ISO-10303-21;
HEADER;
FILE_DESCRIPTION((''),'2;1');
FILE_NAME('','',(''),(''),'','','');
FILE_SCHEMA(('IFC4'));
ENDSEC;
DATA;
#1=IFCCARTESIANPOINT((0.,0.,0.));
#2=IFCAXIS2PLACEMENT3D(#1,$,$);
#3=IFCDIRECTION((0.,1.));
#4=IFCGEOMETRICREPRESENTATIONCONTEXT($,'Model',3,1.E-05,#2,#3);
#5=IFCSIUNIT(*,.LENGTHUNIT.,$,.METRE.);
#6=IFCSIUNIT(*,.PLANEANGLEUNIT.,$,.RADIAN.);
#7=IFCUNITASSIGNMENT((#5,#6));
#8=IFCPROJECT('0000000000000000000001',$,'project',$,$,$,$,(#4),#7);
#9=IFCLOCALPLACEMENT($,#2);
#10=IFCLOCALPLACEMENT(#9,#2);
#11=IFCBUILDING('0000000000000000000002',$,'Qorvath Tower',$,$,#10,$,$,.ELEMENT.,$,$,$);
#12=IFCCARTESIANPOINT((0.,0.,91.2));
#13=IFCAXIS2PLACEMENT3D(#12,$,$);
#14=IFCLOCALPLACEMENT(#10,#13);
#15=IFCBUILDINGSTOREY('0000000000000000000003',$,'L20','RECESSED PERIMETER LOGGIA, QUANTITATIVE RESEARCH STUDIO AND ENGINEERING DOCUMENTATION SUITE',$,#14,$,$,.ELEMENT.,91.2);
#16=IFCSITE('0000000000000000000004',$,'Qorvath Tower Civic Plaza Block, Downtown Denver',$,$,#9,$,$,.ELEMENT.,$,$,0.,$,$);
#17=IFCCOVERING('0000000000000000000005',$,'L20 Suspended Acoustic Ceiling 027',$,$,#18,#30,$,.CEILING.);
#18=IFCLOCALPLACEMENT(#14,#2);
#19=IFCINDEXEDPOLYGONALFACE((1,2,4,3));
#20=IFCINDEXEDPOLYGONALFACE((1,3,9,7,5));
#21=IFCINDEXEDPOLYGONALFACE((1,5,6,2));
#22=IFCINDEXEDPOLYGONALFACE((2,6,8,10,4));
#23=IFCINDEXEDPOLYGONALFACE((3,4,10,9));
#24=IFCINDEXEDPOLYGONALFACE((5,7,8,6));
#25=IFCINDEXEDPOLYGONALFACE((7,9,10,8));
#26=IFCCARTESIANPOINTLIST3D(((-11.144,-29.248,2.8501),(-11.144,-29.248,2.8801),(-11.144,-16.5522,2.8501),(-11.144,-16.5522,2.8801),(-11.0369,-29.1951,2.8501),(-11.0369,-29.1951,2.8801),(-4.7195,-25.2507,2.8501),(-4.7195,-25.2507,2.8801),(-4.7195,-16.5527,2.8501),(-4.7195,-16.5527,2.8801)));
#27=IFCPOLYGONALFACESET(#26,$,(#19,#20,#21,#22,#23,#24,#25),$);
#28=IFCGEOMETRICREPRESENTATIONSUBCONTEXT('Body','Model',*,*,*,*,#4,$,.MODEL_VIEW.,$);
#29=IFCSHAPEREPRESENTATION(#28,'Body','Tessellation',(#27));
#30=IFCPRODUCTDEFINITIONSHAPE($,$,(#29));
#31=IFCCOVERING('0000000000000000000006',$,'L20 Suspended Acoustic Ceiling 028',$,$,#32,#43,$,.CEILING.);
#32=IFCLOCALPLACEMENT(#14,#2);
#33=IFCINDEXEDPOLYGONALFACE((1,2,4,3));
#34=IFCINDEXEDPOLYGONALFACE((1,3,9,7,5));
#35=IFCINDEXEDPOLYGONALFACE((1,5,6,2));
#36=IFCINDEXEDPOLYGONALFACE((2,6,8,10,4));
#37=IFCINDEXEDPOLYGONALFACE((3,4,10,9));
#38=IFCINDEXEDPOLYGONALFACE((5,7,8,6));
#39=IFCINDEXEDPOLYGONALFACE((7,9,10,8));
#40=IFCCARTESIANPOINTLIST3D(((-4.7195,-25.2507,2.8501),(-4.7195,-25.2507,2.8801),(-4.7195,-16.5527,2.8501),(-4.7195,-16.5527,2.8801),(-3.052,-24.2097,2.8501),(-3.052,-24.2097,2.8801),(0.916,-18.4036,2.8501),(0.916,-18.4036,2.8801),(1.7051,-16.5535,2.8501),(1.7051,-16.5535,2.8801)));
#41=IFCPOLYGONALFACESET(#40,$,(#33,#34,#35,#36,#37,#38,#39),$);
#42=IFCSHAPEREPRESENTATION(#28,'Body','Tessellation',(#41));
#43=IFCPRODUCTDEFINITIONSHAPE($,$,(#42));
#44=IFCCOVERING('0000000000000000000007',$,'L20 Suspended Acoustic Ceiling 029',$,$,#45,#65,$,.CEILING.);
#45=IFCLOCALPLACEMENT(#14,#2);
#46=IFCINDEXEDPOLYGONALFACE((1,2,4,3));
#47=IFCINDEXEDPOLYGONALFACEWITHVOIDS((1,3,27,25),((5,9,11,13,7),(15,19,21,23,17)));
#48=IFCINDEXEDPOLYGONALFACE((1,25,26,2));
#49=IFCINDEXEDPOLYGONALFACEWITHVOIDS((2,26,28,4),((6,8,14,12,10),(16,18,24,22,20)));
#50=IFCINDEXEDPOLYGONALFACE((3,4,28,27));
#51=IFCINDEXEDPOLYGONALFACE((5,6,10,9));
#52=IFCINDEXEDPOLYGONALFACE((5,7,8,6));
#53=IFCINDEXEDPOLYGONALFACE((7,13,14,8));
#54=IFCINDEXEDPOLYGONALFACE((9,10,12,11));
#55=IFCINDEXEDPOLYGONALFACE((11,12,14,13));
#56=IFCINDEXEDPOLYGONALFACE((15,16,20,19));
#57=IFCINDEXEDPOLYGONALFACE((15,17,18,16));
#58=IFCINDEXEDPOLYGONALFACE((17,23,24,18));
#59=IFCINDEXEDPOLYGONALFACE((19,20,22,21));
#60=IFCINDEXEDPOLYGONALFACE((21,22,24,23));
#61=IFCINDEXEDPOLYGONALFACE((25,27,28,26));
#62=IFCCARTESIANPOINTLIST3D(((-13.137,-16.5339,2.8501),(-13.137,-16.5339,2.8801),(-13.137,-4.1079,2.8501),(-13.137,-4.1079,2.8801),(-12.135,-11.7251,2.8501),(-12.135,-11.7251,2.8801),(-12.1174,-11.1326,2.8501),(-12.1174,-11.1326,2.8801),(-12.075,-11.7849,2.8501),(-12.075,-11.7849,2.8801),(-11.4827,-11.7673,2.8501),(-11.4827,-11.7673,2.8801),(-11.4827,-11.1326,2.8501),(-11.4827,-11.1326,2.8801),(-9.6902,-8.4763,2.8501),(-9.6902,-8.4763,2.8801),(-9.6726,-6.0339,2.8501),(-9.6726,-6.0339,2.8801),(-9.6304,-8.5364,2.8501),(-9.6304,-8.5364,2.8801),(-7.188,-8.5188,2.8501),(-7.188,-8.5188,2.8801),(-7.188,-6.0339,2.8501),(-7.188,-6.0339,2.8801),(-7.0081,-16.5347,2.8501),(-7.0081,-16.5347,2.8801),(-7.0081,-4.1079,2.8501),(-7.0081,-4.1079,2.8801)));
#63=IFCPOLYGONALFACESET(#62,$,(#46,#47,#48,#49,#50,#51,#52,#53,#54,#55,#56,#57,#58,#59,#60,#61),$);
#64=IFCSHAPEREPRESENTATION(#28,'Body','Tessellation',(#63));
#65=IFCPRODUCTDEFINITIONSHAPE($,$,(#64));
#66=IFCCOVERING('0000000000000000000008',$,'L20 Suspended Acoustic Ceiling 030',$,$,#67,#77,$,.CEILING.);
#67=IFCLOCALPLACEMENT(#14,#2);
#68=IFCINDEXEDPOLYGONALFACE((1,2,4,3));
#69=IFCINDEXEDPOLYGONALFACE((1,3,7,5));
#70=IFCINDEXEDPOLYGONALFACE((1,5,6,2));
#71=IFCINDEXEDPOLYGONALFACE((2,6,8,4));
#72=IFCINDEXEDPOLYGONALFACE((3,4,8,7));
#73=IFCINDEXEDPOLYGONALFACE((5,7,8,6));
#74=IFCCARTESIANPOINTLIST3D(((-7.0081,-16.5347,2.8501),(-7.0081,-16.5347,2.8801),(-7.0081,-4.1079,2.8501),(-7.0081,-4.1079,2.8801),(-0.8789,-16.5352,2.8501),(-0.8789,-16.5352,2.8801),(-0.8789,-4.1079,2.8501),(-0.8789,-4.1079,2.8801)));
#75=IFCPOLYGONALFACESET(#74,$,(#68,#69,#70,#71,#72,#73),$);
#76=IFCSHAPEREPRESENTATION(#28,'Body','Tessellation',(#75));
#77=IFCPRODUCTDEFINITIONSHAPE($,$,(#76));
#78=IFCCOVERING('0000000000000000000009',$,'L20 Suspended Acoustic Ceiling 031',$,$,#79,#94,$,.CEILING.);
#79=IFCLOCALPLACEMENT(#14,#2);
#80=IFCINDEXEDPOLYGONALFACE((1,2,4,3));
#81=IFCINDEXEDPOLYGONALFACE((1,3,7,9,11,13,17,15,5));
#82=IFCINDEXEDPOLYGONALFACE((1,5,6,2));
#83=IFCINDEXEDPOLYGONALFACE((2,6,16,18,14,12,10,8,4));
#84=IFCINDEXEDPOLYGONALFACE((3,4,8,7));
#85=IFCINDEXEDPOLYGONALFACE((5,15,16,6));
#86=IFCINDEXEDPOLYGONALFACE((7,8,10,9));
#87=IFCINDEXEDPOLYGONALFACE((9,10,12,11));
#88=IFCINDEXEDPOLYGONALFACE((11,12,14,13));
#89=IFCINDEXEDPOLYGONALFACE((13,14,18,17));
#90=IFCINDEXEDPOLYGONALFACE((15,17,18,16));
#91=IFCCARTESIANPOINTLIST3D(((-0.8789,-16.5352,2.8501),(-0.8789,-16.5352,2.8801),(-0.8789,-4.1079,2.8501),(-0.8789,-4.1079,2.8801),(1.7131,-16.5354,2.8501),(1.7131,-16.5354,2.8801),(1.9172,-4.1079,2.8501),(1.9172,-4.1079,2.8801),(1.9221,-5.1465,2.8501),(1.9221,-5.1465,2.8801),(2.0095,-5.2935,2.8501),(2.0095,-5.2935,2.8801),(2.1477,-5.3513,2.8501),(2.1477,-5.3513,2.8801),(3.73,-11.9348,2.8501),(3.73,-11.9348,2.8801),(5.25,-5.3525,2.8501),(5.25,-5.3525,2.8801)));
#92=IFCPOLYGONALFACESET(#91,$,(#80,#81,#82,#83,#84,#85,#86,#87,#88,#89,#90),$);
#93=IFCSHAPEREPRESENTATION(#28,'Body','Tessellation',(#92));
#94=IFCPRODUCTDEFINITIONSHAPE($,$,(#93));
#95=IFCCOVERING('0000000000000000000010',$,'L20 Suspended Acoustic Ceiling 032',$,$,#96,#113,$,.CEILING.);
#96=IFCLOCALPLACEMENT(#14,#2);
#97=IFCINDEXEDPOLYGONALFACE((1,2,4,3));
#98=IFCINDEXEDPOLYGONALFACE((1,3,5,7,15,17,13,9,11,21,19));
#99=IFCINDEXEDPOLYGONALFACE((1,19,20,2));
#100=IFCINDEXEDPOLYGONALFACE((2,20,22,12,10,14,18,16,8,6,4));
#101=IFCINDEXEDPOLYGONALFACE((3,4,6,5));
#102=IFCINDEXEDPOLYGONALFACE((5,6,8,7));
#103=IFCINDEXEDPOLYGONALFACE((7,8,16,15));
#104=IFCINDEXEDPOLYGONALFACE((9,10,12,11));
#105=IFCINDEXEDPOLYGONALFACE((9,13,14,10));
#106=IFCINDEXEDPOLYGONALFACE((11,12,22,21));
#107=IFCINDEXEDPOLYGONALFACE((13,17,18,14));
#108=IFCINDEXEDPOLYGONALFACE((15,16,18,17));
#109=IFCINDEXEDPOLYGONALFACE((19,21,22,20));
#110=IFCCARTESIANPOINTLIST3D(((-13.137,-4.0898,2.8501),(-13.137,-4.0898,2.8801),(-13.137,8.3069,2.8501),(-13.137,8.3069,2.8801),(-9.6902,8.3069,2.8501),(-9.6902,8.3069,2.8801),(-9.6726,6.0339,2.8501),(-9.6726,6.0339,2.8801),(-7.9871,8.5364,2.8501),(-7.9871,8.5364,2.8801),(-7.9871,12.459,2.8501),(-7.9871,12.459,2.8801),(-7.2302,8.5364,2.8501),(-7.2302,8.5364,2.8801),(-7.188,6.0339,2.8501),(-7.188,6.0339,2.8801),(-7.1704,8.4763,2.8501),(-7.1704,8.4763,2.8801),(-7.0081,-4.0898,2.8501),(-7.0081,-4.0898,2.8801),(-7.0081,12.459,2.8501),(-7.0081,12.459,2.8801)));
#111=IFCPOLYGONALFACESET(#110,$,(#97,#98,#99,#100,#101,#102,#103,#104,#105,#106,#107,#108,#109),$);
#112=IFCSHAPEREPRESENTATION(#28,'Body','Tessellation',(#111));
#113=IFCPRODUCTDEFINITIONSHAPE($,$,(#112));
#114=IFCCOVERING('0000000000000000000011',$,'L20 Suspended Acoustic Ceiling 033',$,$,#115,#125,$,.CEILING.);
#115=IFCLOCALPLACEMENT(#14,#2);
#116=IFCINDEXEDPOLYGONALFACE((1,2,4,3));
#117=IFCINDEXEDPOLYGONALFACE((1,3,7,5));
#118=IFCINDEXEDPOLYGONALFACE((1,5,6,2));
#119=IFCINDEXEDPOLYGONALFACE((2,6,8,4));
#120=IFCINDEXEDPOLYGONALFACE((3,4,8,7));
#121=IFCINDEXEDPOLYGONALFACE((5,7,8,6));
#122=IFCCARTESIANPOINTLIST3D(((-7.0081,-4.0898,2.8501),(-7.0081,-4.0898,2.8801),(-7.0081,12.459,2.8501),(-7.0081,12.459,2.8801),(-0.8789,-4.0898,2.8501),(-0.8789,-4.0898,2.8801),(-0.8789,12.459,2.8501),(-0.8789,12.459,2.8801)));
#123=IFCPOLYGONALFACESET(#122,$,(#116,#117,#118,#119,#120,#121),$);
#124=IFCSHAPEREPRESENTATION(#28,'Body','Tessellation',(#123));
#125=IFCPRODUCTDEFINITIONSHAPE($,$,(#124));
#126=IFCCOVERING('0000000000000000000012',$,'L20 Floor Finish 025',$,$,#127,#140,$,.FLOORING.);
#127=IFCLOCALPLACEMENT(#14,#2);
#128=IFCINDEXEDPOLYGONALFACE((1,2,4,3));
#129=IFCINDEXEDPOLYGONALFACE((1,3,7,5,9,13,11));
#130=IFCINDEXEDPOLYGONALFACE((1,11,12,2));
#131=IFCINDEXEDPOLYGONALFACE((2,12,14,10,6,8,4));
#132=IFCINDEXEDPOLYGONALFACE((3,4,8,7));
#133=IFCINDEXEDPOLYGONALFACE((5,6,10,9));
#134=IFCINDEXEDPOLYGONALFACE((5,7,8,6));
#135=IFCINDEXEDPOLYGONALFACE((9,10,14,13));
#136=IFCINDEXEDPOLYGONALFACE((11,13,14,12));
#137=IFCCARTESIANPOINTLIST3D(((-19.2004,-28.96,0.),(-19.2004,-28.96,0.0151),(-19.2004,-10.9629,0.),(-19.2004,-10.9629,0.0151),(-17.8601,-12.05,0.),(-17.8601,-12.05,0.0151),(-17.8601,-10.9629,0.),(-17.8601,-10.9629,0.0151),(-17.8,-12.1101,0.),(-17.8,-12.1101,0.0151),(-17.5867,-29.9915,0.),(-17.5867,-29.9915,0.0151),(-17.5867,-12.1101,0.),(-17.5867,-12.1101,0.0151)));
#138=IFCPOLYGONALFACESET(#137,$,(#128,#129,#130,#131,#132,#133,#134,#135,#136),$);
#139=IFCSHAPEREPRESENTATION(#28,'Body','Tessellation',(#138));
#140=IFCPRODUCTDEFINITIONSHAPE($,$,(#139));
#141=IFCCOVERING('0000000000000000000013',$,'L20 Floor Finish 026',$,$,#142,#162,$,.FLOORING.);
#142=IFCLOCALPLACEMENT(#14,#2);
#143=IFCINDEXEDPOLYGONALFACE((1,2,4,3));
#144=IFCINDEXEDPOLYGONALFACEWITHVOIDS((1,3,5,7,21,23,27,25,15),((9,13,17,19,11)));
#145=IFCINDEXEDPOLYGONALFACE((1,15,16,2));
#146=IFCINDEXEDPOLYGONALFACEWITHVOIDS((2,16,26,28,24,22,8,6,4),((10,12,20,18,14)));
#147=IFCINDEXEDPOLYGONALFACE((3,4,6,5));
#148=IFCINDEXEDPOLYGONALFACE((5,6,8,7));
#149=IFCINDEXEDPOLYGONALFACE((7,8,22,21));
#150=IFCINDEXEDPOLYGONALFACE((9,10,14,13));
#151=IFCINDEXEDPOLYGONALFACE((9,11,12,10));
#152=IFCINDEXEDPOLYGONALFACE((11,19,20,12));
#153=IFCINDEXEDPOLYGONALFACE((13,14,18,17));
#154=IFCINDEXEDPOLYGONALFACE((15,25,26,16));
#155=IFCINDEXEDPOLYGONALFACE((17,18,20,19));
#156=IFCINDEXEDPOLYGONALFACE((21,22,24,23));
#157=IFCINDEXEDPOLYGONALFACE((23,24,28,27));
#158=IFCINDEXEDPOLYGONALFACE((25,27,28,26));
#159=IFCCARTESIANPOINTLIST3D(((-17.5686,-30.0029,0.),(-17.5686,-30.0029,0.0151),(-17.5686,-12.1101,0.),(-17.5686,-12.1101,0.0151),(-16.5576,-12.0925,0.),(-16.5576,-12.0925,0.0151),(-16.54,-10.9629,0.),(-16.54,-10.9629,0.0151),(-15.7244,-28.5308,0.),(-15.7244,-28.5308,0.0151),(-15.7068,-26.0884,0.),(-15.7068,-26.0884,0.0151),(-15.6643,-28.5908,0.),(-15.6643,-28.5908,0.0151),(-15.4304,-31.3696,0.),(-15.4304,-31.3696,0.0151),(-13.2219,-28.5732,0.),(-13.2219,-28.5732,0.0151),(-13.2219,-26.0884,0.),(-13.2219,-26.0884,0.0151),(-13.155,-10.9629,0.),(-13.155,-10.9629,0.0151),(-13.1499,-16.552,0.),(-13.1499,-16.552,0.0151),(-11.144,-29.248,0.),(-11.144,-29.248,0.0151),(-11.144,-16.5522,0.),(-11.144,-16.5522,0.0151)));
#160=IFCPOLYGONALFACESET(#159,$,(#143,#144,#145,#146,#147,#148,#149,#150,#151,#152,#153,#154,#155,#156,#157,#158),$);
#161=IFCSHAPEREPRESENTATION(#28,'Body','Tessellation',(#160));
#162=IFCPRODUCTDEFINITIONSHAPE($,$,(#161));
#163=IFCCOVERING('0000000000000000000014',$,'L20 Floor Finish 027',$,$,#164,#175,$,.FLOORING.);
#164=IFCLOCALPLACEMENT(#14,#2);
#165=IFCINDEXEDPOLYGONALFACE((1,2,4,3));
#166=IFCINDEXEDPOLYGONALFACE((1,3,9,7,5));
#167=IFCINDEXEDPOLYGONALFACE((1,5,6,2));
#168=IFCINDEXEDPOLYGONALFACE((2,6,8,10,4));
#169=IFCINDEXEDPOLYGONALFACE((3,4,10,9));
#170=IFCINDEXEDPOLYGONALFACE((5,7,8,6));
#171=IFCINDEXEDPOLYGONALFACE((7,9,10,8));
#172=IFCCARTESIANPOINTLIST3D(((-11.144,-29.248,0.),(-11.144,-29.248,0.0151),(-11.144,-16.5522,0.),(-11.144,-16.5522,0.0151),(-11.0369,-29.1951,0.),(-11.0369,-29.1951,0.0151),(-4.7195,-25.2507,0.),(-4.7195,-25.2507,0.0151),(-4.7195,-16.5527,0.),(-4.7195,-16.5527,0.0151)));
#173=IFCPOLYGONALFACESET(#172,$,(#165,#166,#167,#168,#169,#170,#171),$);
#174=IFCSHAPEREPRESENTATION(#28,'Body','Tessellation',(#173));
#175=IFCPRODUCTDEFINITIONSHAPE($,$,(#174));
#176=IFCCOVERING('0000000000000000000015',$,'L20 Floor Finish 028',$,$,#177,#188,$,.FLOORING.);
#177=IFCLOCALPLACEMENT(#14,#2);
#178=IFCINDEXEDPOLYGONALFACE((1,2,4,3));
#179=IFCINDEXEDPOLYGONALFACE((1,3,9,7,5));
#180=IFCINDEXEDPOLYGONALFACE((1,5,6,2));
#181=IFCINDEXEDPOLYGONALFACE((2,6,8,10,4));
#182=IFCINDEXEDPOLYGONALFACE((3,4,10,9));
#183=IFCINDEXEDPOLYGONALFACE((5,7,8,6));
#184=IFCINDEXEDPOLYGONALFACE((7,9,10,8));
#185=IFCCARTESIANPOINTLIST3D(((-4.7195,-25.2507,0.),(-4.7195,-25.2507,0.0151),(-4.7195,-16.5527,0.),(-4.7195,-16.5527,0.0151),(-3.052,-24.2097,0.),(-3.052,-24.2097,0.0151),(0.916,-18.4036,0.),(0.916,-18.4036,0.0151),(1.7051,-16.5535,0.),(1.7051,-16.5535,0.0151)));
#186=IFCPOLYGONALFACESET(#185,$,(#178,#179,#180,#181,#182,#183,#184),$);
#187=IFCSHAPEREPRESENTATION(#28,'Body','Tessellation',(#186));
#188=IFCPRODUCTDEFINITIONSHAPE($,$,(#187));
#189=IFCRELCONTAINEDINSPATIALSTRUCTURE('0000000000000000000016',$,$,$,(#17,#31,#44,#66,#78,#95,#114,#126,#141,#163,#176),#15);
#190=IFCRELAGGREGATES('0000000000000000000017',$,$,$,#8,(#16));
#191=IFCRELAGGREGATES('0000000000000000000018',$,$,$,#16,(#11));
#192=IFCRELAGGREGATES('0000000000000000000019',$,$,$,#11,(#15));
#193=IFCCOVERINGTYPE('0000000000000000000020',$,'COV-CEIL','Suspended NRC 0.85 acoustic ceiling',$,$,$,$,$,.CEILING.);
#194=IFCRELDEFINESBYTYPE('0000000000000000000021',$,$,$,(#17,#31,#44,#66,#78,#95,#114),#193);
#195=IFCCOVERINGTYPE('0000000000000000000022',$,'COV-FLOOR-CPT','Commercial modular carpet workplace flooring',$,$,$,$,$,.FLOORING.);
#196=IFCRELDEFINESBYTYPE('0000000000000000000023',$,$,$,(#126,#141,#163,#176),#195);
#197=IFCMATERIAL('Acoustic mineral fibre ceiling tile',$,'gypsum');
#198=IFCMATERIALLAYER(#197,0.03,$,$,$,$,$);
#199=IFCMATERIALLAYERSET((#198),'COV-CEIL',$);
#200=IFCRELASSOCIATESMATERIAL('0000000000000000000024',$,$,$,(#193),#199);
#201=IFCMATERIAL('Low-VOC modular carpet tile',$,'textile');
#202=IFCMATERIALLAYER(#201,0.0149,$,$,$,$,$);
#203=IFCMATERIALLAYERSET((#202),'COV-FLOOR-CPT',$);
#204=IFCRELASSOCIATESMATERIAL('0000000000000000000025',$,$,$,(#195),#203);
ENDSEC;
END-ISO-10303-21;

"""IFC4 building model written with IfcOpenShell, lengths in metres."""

from ifc_helpers import new_model, si_unit, direction, frame, origin, place, context, subcontext, project, spatial, polyline, outline, extrude, material, layer, layer_set, type_object, element, save


model = new_model("IFC4")

# Units and contexts
model_context = context("Model", 3, precision=1e-05, world=origin(), true_north=direction((0.0, 1.0)))
body_context = subcontext(model_context, "Body", "Model", "MODEL_VIEW")
ifc_project = project(units=[si_unit("LENGTHUNIT", "METRE"), si_unit("PLANEANGLEUNIT", "RADIAN")], contexts=[model_context])

# Site, building, storey
site_placement = place(None, origin())
site = spatial("IfcSite", under=ifc_project, at=site_placement, Name="Qorvath Tower Civic Plaza Block, Downtown Denver", CompositionType="ELEMENT", RefElevation=0.0)
building_placement = place(site_placement, origin())
building = spatial("IfcBuilding", under=site, at=building_placement, Name="Qorvath Tower", CompositionType="ELEMENT")
storey_placement = place(building_placement, frame((0.0, 0.0, 91.2)))
storey = spatial("IfcBuildingStorey", under=building, at=storey_placement, Name="L20", Description="RECESSED PERIMETER LOGGIA, QUANTITATIVE RESEARCH STUDIO AND ENGINEERING DOCUMENTATION SUITE", CompositionType="ELEMENT", Elevation=91.2)

# Coverings
ifc_material_1 = material(Name="Acoustic mineral fibre ceiling tile", Category="gypsum")
ifc_layer_1 = layer(ifc_material_1, 0.03)
ifc_layer_set_1 = layer_set([ifc_layer_1], Name="COV-CEIL")
covering_type_1 = type_object("IfcCoveringType", Name="COV-CEIL", Description="Suspended NRC 0.85 acoustic ceiling", PredefinedType="CEILING", material=ifc_layer_set_1)
covering_1_placement = place(storey_placement, frame((0.0, 0.0, 2.8501)))
element("IfcCovering", 1, at=covering_1_placement, inside=storey, type_object=covering_type_1, Name="L20 Suspended Acoustic Ceiling 027", PredefinedType="CEILING", context=body_context, shape_type="SweptSolid", body=[
    extrude(outline(polyline([(-11.144, -16.5522), (-11.144, -29.248), (-11.0369, -29.1951), (-4.7195, -25.2507), (-4.7195, -16.5527), (-11.144, -16.5522)])), origin(), (0.0, 0.0, 1.0), 0.03),
])
covering_2_placement = place(storey_placement, frame((0.0, 0.0, 2.8501)))
element("IfcCovering", 2, at=covering_2_placement, inside=storey, type_object=covering_type_1, Name="L20 Suspended Acoustic Ceiling 028", PredefinedType="CEILING", context=body_context, shape_type="SweptSolid", body=[
    extrude(outline(polyline([(-4.7195, -16.5527), (-4.7195, -25.2507), (-3.052, -24.2097), (0.916, -18.4036), (1.7051, -16.5535), (-4.7195, -16.5527)])), origin(), (0.0, 0.0, 1.0), 0.03),
])
covering_3_placement = place(storey_placement, frame((0.0, 0.0, 2.8501)))
element("IfcCovering", 3, at=covering_3_placement, inside=storey, type_object=covering_type_1, Name="L20 Suspended Acoustic Ceiling 029", PredefinedType="CEILING", context=body_context, shape_type="SweptSolid", body=[
    extrude(outline(polyline([(-7.0081, -16.5347), (-7.0081, -4.1079), (-13.137, -4.1079), (-13.137, -16.5339), (-7.0081, -16.5347)]), holes=[polyline([(-9.6902, -8.4763), (-9.6726, -6.0339), (-7.188, -6.0339), (-7.188, -8.5188), (-9.6304, -8.5364), (-9.6902, -8.4763)]), polyline([(-12.135, -11.7251), (-12.1174, -11.1326), (-11.4827, -11.1326), (-11.4827, -11.7673), (-12.075, -11.7849), (-12.135, -11.7251)])]), origin(), (0.0, 0.0, 1.0), 0.03),
])
covering_4_placement = place(storey_placement, frame((0.0, 0.0, 2.8501)))
element("IfcCovering", 4, at=covering_4_placement, inside=storey, type_object=covering_type_1, Name="L20 Suspended Acoustic Ceiling 030", PredefinedType="CEILING", context=body_context, shape_type="SweptSolid", body=[
    extrude(outline(polyline([(-0.8789, -16.5352), (-0.8789, -4.1079), (-7.0081, -4.1079), (-7.0081, -16.5347), (-0.8789, -16.5352)])), origin(), (0.0, 0.0, 1.0), 0.03),
])
covering_5_placement = place(storey_placement, frame((0.0, 0.0, 2.8501)))
element("IfcCovering", 5, at=covering_5_placement, inside=storey, type_object=covering_type_1, Name="L20 Suspended Acoustic Ceiling 031", PredefinedType="CEILING", context=body_context, shape_type="SweptSolid", body=[
    extrude(outline(polyline([(2.0095, -5.2935), (1.9221, -5.1465), (1.9172, -4.1079), (-0.8789, -4.1079), (-0.8789, -16.5352), (1.7131, -16.5354), (3.73, -11.9348), (5.25, -5.3525), (2.1477, -5.3513), (2.0095, -5.2935)])), origin(), (0.0, 0.0, 1.0), 0.03),
])
covering_6_placement = place(storey_placement, frame((0.0, 0.0, 2.8501)))
element("IfcCovering", 6, at=covering_6_placement, inside=storey, type_object=covering_type_1, Name="L20 Suspended Acoustic Ceiling 032", PredefinedType="CEILING", context=body_context, shape_type="SweptSolid", body=[
    extrude(outline(polyline([(-7.0081, -4.0898), (-7.0081, 12.459), (-7.9871, 12.459), (-7.9871, 8.5364), (-7.2302, 8.5364), (-7.1704, 8.4763), (-7.188, 6.0339), (-9.6726, 6.0339), (-9.6902, 8.3069), (-13.137, 8.3069), (-13.137, -4.0898), (-7.0081, -4.0898)])), origin(), (0.0, 0.0, 1.0), 0.03),
])
covering_7_placement = place(storey_placement, frame((0.0, 0.0, 2.8501)))
element("IfcCovering", 7, at=covering_7_placement, inside=storey, type_object=covering_type_1, Name="L20 Suspended Acoustic Ceiling 033", PredefinedType="CEILING", context=body_context, shape_type="SweptSolid", body=[
    extrude(outline(polyline([(-0.8789, -4.0898), (-0.8789, 12.459), (-7.0081, 12.459), (-7.0081, -4.0898), (-0.8789, -4.0898)])), origin(), (0.0, 0.0, 1.0), 0.03),
])
ifc_material_2 = material(Name="Low-VOC modular carpet tile", Category="textile")
ifc_layer_2 = layer(ifc_material_2, 0.0149)
ifc_layer_set_2 = layer_set([ifc_layer_2], Name="COV-FLOOR-CPT")
covering_type_2 = type_object("IfcCoveringType", Name="COV-FLOOR-CPT", Description="Commercial modular carpet workplace flooring", PredefinedType="FLOORING", material=ifc_layer_set_2)
covering_8_placement = place(storey_placement, origin())
element("IfcCovering", 8, at=covering_8_placement, inside=storey, type_object=covering_type_2, Name="L20 Floor Finish 025", PredefinedType="FLOORING", context=body_context, shape_type="SweptSolid", body=[
    extrude(outline(polyline([(-19.2004, -10.9629), (-19.2004, -28.96), (-17.5867, -29.9915), (-17.5867, -12.1101), (-17.8, -12.1101), (-17.8601, -12.05), (-17.8601, -10.9629), (-19.2004, -10.9629)])), origin(), (0.0, 0.0, 1.0), 0.0151),
])
covering_9_placement = place(storey_placement, origin())
element("IfcCovering", 9, at=covering_9_placement, inside=storey, type_object=covering_type_2, Name="L20 Floor Finish 026", PredefinedType="FLOORING", context=body_context, shape_type="SweptSolid", body=[
    extrude(outline(polyline([(-15.4304, -31.3696), (-11.144, -29.248), (-11.144, -16.5522), (-13.1499, -16.552), (-13.155, -10.9629), (-16.54, -10.9629), (-16.5576, -12.0925), (-17.5686, -12.1101), (-17.5686, -30.0029), (-15.4304, -31.3696)]), holes=[polyline([(-15.7244, -28.5308), (-15.7068, -26.0884), (-13.2219, -26.0884), (-13.2219, -28.5732), (-15.6643, -28.5908), (-15.7244, -28.5308)])]), origin(), (0.0, 0.0, 1.0), 0.0151),
])
covering_10_placement = place(storey_placement, origin())
element("IfcCovering", 10, at=covering_10_placement, inside=storey, type_object=covering_type_2, Name="L20 Floor Finish 027", PredefinedType="FLOORING", context=body_context, shape_type="SweptSolid", body=[
    extrude(outline(polyline([(-11.144, -16.5522), (-11.144, -29.248), (-11.0369, -29.1951), (-4.7195, -25.2507), (-4.7195, -16.5527), (-11.144, -16.5522)])), origin(), (0.0, 0.0, 1.0), 0.0151),
])
covering_11_placement = place(storey_placement, origin())
element("IfcCovering", 11, at=covering_11_placement, inside=storey, type_object=covering_type_2, Name="L20 Floor Finish 028", PredefinedType="FLOORING", context=body_context, shape_type="SweptSolid", body=[
    extrude(outline(polyline([(-4.7195, -16.5527), (-4.7195, -25.2507), (-3.052, -24.2097), (0.916, -18.4036), (1.7051, -16.5535), (-4.7195, -16.5527)])), origin(), (0.0, 0.0, 1.0), 0.0151),
])

save(model, "model.ifc")
